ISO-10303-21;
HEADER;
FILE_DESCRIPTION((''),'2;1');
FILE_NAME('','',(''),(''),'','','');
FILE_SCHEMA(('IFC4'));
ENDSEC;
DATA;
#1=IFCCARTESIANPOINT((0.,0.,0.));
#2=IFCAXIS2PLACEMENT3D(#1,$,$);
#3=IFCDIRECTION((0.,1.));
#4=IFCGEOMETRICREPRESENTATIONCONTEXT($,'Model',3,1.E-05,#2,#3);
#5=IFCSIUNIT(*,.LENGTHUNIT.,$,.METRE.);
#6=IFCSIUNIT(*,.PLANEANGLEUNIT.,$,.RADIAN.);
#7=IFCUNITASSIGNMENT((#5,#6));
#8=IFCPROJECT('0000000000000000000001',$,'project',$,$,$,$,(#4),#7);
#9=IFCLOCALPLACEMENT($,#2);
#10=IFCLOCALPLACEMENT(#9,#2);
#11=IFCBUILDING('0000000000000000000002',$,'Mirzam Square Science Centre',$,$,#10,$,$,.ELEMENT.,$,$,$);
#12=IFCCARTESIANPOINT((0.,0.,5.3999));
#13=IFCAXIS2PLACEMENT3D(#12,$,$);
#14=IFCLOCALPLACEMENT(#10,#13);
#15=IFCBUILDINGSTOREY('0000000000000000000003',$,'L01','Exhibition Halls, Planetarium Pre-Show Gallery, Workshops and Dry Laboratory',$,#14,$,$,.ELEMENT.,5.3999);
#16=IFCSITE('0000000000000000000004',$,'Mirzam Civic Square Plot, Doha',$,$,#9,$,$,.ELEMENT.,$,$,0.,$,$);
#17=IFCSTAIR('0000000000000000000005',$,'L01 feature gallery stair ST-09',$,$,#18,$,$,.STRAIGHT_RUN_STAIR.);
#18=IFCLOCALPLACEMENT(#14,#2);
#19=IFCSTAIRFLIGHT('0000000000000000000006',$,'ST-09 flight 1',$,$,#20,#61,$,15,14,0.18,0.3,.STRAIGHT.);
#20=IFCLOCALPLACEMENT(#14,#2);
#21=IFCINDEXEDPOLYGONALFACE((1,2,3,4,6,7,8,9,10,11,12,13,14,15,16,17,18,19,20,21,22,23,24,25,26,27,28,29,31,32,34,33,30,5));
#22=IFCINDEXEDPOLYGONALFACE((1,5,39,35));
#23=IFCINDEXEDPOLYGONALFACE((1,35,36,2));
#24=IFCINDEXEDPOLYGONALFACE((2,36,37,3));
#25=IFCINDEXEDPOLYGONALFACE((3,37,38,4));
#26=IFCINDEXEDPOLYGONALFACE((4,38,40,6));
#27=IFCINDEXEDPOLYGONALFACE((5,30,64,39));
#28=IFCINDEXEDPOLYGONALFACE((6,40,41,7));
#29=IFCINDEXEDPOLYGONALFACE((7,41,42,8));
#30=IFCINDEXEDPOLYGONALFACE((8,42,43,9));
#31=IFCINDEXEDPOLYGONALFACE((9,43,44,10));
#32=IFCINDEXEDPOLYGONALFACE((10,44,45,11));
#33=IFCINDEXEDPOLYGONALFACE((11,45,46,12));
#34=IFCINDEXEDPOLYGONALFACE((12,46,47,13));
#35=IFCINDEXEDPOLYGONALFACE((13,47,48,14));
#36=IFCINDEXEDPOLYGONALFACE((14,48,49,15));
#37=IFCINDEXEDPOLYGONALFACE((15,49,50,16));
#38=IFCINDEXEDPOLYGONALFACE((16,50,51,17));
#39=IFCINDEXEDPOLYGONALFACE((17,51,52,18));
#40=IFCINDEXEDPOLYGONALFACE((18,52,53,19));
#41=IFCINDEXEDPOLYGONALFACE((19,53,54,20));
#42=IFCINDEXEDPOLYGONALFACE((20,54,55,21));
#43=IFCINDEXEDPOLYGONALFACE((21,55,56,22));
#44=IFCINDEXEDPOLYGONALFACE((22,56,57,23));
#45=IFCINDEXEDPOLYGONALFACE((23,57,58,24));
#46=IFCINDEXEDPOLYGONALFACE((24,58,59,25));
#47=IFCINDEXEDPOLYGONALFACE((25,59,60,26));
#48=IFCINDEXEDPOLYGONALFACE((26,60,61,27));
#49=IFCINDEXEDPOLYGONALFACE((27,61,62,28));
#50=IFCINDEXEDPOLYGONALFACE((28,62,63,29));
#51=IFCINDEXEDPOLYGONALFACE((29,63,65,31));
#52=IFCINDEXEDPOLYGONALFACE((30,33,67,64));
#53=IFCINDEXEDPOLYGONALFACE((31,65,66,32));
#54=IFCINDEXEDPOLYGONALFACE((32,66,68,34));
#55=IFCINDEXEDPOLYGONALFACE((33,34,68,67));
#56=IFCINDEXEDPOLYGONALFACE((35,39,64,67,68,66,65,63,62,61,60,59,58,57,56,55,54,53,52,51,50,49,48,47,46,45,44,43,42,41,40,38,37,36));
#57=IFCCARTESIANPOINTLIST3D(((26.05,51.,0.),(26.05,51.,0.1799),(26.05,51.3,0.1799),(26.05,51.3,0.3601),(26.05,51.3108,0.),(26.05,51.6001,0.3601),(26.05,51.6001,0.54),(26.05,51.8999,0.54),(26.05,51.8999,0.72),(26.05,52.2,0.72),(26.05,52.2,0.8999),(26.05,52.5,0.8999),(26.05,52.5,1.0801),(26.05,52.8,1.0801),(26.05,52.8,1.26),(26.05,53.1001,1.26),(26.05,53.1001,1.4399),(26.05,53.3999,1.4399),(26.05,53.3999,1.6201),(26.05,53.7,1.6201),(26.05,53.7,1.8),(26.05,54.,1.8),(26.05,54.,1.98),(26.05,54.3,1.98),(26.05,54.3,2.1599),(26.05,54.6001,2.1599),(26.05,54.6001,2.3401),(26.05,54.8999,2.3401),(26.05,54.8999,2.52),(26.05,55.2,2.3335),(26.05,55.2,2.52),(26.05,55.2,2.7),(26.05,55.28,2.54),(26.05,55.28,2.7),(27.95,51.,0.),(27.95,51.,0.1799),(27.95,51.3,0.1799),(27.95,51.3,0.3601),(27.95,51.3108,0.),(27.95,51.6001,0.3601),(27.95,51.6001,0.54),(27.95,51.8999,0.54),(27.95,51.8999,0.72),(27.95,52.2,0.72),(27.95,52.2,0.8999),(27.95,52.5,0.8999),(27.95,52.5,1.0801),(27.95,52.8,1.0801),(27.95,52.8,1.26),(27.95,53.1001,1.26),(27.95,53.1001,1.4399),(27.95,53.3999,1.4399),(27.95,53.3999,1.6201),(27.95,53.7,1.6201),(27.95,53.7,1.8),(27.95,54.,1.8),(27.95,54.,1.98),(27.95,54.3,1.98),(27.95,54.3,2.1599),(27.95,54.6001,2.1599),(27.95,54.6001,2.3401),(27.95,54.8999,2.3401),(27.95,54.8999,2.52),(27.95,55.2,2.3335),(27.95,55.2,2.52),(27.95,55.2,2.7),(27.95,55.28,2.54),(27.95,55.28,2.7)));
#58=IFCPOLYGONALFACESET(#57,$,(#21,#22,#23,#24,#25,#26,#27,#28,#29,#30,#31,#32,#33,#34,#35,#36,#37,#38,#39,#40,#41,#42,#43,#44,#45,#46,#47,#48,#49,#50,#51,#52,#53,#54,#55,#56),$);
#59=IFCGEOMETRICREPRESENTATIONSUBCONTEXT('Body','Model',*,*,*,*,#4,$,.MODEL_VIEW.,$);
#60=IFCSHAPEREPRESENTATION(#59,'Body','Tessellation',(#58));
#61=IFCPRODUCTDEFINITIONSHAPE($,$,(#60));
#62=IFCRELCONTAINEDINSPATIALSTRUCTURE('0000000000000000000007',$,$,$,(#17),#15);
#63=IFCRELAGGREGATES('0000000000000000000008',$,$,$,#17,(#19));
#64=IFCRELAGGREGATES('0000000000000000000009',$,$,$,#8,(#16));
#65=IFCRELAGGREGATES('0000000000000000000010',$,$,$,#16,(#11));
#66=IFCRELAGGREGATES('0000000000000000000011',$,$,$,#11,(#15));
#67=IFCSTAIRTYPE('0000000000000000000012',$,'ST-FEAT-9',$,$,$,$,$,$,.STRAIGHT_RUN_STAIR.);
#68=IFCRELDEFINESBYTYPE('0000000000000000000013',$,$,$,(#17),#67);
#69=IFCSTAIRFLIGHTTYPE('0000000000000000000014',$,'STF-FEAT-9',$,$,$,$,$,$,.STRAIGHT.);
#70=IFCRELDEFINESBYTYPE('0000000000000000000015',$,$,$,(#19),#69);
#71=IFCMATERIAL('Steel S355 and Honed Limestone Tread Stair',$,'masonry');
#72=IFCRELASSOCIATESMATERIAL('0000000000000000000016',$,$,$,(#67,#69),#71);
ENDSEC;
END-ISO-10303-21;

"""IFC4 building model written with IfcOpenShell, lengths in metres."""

from ifc_helpers import new_model, si_unit, direction, frame, origin, place, context, subcontext, project, spatial, polyline, outline, extrude, material, type_object, element, aggregate, save


model = new_model("IFC4")

# Units and contexts
model_context = context("Model", 3, precision=1e-05, world=origin(), true_north=direction((0.0, 1.0)))
body_context = subcontext(model_context, "Body", "Model", "MODEL_VIEW")
ifc_project = project(units=[si_unit("LENGTHUNIT", "METRE"), si_unit("PLANEANGLEUNIT", "RADIAN")], contexts=[model_context])

# Site, building, storey
site_placement = place(None, origin())
site = spatial("IfcSite", under=ifc_project, at=site_placement, Name="Mirzam Civic Square Plot, Doha", CompositionType="ELEMENT", RefElevation=0.0)
building_placement = place(site_placement, origin())
building = spatial("IfcBuilding", under=site, at=building_placement, Name="Mirzam Square Science Centre", CompositionType="ELEMENT")
storey_placement = place(building_placement, frame((0.0, 0.0, 5.3999)))
storey = spatial("IfcBuildingStorey", under=building, at=storey_placement, Name="L01", Description="Exhibition Halls, Planetarium Pre-Show Gallery, Workshops and Dry Laboratory", CompositionType="ELEMENT", Elevation=5.3999)

# Stair, stair flight
ifc_material_1 = material(Name="Steel S355 and Honed Limestone Tread Stair", Category="masonry")
stair_type = type_object("IfcStairType", Name="ST-FEAT-9", PredefinedType="STRAIGHT_RUN_STAIR", material=ifc_material_1)
stair_placement = place(storey_placement, origin())
stair = element("IfcStair", 1, at=stair_placement, inside=storey, type_object=stair_type, Name="L01 feature gallery stair ST-09", PredefinedType="STRAIGHT_RUN_STAIR")
stair_flight_type = type_object("IfcStairFlightType", Name="STF-FEAT-9", PredefinedType="STRAIGHT", material=ifc_material_1)
stair_flight_placement = place(storey_placement, frame((27.0, 51.0, 0.0), z_axis=(0.0, 0.0, 1.0), x_axis=(0.0, 1.0, 0.0)))
stair_flight = element("IfcStairFlight", 2, at=stair_flight_placement, type_object=stair_flight_type, Name="ST-09 flight 1", NumberOfRisers=15, NumberOfTreads=14, PredefinedType="STRAIGHT", RiserHeight=0.18, TreadLength=0.3, context=body_context, shape_type="SweptSolid", body=[
    extrude(outline(polyline([(0.0, 0.0), (0.0, 0.1799), (0.3, 0.1799), (0.3, 0.3601), (0.6001, 0.3601), (0.6001, 0.54), (0.8999, 0.54), (0.8999, 0.72), (1.2, 0.72), (1.2, 0.8999), (1.5, 0.8999), (1.5, 1.0801), (1.8, 1.0801), (1.8, 1.26), (2.1001, 1.26), (2.1001, 1.4399), (2.3999, 1.4399), (2.3999, 1.6201), (2.7, 1.6201), (2.7, 1.8), (3.0, 1.8), (3.0, 1.98), (3.3, 1.98), (3.3, 2.1599), (3.6001, 2.1599), (3.6001, 2.3401), (3.8999, 2.3401), (3.8999, 2.52), (4.2, 2.52), (4.2, 2.7), (4.28, 2.7), (4.28, 2.54), (4.2, 2.3335), (0.3108, 0.0), (0.0, 0.0)])), frame((0.0, 0.95, 0.0), z_axis=(0.0, -1.0, 0.0), x_axis=(1.0, 0.0, 0.0)), (0.0, 0.0, 1.0), 1.8999),
])
aggregate(stair, [stair_flight])

save(model, "model.ifc")
